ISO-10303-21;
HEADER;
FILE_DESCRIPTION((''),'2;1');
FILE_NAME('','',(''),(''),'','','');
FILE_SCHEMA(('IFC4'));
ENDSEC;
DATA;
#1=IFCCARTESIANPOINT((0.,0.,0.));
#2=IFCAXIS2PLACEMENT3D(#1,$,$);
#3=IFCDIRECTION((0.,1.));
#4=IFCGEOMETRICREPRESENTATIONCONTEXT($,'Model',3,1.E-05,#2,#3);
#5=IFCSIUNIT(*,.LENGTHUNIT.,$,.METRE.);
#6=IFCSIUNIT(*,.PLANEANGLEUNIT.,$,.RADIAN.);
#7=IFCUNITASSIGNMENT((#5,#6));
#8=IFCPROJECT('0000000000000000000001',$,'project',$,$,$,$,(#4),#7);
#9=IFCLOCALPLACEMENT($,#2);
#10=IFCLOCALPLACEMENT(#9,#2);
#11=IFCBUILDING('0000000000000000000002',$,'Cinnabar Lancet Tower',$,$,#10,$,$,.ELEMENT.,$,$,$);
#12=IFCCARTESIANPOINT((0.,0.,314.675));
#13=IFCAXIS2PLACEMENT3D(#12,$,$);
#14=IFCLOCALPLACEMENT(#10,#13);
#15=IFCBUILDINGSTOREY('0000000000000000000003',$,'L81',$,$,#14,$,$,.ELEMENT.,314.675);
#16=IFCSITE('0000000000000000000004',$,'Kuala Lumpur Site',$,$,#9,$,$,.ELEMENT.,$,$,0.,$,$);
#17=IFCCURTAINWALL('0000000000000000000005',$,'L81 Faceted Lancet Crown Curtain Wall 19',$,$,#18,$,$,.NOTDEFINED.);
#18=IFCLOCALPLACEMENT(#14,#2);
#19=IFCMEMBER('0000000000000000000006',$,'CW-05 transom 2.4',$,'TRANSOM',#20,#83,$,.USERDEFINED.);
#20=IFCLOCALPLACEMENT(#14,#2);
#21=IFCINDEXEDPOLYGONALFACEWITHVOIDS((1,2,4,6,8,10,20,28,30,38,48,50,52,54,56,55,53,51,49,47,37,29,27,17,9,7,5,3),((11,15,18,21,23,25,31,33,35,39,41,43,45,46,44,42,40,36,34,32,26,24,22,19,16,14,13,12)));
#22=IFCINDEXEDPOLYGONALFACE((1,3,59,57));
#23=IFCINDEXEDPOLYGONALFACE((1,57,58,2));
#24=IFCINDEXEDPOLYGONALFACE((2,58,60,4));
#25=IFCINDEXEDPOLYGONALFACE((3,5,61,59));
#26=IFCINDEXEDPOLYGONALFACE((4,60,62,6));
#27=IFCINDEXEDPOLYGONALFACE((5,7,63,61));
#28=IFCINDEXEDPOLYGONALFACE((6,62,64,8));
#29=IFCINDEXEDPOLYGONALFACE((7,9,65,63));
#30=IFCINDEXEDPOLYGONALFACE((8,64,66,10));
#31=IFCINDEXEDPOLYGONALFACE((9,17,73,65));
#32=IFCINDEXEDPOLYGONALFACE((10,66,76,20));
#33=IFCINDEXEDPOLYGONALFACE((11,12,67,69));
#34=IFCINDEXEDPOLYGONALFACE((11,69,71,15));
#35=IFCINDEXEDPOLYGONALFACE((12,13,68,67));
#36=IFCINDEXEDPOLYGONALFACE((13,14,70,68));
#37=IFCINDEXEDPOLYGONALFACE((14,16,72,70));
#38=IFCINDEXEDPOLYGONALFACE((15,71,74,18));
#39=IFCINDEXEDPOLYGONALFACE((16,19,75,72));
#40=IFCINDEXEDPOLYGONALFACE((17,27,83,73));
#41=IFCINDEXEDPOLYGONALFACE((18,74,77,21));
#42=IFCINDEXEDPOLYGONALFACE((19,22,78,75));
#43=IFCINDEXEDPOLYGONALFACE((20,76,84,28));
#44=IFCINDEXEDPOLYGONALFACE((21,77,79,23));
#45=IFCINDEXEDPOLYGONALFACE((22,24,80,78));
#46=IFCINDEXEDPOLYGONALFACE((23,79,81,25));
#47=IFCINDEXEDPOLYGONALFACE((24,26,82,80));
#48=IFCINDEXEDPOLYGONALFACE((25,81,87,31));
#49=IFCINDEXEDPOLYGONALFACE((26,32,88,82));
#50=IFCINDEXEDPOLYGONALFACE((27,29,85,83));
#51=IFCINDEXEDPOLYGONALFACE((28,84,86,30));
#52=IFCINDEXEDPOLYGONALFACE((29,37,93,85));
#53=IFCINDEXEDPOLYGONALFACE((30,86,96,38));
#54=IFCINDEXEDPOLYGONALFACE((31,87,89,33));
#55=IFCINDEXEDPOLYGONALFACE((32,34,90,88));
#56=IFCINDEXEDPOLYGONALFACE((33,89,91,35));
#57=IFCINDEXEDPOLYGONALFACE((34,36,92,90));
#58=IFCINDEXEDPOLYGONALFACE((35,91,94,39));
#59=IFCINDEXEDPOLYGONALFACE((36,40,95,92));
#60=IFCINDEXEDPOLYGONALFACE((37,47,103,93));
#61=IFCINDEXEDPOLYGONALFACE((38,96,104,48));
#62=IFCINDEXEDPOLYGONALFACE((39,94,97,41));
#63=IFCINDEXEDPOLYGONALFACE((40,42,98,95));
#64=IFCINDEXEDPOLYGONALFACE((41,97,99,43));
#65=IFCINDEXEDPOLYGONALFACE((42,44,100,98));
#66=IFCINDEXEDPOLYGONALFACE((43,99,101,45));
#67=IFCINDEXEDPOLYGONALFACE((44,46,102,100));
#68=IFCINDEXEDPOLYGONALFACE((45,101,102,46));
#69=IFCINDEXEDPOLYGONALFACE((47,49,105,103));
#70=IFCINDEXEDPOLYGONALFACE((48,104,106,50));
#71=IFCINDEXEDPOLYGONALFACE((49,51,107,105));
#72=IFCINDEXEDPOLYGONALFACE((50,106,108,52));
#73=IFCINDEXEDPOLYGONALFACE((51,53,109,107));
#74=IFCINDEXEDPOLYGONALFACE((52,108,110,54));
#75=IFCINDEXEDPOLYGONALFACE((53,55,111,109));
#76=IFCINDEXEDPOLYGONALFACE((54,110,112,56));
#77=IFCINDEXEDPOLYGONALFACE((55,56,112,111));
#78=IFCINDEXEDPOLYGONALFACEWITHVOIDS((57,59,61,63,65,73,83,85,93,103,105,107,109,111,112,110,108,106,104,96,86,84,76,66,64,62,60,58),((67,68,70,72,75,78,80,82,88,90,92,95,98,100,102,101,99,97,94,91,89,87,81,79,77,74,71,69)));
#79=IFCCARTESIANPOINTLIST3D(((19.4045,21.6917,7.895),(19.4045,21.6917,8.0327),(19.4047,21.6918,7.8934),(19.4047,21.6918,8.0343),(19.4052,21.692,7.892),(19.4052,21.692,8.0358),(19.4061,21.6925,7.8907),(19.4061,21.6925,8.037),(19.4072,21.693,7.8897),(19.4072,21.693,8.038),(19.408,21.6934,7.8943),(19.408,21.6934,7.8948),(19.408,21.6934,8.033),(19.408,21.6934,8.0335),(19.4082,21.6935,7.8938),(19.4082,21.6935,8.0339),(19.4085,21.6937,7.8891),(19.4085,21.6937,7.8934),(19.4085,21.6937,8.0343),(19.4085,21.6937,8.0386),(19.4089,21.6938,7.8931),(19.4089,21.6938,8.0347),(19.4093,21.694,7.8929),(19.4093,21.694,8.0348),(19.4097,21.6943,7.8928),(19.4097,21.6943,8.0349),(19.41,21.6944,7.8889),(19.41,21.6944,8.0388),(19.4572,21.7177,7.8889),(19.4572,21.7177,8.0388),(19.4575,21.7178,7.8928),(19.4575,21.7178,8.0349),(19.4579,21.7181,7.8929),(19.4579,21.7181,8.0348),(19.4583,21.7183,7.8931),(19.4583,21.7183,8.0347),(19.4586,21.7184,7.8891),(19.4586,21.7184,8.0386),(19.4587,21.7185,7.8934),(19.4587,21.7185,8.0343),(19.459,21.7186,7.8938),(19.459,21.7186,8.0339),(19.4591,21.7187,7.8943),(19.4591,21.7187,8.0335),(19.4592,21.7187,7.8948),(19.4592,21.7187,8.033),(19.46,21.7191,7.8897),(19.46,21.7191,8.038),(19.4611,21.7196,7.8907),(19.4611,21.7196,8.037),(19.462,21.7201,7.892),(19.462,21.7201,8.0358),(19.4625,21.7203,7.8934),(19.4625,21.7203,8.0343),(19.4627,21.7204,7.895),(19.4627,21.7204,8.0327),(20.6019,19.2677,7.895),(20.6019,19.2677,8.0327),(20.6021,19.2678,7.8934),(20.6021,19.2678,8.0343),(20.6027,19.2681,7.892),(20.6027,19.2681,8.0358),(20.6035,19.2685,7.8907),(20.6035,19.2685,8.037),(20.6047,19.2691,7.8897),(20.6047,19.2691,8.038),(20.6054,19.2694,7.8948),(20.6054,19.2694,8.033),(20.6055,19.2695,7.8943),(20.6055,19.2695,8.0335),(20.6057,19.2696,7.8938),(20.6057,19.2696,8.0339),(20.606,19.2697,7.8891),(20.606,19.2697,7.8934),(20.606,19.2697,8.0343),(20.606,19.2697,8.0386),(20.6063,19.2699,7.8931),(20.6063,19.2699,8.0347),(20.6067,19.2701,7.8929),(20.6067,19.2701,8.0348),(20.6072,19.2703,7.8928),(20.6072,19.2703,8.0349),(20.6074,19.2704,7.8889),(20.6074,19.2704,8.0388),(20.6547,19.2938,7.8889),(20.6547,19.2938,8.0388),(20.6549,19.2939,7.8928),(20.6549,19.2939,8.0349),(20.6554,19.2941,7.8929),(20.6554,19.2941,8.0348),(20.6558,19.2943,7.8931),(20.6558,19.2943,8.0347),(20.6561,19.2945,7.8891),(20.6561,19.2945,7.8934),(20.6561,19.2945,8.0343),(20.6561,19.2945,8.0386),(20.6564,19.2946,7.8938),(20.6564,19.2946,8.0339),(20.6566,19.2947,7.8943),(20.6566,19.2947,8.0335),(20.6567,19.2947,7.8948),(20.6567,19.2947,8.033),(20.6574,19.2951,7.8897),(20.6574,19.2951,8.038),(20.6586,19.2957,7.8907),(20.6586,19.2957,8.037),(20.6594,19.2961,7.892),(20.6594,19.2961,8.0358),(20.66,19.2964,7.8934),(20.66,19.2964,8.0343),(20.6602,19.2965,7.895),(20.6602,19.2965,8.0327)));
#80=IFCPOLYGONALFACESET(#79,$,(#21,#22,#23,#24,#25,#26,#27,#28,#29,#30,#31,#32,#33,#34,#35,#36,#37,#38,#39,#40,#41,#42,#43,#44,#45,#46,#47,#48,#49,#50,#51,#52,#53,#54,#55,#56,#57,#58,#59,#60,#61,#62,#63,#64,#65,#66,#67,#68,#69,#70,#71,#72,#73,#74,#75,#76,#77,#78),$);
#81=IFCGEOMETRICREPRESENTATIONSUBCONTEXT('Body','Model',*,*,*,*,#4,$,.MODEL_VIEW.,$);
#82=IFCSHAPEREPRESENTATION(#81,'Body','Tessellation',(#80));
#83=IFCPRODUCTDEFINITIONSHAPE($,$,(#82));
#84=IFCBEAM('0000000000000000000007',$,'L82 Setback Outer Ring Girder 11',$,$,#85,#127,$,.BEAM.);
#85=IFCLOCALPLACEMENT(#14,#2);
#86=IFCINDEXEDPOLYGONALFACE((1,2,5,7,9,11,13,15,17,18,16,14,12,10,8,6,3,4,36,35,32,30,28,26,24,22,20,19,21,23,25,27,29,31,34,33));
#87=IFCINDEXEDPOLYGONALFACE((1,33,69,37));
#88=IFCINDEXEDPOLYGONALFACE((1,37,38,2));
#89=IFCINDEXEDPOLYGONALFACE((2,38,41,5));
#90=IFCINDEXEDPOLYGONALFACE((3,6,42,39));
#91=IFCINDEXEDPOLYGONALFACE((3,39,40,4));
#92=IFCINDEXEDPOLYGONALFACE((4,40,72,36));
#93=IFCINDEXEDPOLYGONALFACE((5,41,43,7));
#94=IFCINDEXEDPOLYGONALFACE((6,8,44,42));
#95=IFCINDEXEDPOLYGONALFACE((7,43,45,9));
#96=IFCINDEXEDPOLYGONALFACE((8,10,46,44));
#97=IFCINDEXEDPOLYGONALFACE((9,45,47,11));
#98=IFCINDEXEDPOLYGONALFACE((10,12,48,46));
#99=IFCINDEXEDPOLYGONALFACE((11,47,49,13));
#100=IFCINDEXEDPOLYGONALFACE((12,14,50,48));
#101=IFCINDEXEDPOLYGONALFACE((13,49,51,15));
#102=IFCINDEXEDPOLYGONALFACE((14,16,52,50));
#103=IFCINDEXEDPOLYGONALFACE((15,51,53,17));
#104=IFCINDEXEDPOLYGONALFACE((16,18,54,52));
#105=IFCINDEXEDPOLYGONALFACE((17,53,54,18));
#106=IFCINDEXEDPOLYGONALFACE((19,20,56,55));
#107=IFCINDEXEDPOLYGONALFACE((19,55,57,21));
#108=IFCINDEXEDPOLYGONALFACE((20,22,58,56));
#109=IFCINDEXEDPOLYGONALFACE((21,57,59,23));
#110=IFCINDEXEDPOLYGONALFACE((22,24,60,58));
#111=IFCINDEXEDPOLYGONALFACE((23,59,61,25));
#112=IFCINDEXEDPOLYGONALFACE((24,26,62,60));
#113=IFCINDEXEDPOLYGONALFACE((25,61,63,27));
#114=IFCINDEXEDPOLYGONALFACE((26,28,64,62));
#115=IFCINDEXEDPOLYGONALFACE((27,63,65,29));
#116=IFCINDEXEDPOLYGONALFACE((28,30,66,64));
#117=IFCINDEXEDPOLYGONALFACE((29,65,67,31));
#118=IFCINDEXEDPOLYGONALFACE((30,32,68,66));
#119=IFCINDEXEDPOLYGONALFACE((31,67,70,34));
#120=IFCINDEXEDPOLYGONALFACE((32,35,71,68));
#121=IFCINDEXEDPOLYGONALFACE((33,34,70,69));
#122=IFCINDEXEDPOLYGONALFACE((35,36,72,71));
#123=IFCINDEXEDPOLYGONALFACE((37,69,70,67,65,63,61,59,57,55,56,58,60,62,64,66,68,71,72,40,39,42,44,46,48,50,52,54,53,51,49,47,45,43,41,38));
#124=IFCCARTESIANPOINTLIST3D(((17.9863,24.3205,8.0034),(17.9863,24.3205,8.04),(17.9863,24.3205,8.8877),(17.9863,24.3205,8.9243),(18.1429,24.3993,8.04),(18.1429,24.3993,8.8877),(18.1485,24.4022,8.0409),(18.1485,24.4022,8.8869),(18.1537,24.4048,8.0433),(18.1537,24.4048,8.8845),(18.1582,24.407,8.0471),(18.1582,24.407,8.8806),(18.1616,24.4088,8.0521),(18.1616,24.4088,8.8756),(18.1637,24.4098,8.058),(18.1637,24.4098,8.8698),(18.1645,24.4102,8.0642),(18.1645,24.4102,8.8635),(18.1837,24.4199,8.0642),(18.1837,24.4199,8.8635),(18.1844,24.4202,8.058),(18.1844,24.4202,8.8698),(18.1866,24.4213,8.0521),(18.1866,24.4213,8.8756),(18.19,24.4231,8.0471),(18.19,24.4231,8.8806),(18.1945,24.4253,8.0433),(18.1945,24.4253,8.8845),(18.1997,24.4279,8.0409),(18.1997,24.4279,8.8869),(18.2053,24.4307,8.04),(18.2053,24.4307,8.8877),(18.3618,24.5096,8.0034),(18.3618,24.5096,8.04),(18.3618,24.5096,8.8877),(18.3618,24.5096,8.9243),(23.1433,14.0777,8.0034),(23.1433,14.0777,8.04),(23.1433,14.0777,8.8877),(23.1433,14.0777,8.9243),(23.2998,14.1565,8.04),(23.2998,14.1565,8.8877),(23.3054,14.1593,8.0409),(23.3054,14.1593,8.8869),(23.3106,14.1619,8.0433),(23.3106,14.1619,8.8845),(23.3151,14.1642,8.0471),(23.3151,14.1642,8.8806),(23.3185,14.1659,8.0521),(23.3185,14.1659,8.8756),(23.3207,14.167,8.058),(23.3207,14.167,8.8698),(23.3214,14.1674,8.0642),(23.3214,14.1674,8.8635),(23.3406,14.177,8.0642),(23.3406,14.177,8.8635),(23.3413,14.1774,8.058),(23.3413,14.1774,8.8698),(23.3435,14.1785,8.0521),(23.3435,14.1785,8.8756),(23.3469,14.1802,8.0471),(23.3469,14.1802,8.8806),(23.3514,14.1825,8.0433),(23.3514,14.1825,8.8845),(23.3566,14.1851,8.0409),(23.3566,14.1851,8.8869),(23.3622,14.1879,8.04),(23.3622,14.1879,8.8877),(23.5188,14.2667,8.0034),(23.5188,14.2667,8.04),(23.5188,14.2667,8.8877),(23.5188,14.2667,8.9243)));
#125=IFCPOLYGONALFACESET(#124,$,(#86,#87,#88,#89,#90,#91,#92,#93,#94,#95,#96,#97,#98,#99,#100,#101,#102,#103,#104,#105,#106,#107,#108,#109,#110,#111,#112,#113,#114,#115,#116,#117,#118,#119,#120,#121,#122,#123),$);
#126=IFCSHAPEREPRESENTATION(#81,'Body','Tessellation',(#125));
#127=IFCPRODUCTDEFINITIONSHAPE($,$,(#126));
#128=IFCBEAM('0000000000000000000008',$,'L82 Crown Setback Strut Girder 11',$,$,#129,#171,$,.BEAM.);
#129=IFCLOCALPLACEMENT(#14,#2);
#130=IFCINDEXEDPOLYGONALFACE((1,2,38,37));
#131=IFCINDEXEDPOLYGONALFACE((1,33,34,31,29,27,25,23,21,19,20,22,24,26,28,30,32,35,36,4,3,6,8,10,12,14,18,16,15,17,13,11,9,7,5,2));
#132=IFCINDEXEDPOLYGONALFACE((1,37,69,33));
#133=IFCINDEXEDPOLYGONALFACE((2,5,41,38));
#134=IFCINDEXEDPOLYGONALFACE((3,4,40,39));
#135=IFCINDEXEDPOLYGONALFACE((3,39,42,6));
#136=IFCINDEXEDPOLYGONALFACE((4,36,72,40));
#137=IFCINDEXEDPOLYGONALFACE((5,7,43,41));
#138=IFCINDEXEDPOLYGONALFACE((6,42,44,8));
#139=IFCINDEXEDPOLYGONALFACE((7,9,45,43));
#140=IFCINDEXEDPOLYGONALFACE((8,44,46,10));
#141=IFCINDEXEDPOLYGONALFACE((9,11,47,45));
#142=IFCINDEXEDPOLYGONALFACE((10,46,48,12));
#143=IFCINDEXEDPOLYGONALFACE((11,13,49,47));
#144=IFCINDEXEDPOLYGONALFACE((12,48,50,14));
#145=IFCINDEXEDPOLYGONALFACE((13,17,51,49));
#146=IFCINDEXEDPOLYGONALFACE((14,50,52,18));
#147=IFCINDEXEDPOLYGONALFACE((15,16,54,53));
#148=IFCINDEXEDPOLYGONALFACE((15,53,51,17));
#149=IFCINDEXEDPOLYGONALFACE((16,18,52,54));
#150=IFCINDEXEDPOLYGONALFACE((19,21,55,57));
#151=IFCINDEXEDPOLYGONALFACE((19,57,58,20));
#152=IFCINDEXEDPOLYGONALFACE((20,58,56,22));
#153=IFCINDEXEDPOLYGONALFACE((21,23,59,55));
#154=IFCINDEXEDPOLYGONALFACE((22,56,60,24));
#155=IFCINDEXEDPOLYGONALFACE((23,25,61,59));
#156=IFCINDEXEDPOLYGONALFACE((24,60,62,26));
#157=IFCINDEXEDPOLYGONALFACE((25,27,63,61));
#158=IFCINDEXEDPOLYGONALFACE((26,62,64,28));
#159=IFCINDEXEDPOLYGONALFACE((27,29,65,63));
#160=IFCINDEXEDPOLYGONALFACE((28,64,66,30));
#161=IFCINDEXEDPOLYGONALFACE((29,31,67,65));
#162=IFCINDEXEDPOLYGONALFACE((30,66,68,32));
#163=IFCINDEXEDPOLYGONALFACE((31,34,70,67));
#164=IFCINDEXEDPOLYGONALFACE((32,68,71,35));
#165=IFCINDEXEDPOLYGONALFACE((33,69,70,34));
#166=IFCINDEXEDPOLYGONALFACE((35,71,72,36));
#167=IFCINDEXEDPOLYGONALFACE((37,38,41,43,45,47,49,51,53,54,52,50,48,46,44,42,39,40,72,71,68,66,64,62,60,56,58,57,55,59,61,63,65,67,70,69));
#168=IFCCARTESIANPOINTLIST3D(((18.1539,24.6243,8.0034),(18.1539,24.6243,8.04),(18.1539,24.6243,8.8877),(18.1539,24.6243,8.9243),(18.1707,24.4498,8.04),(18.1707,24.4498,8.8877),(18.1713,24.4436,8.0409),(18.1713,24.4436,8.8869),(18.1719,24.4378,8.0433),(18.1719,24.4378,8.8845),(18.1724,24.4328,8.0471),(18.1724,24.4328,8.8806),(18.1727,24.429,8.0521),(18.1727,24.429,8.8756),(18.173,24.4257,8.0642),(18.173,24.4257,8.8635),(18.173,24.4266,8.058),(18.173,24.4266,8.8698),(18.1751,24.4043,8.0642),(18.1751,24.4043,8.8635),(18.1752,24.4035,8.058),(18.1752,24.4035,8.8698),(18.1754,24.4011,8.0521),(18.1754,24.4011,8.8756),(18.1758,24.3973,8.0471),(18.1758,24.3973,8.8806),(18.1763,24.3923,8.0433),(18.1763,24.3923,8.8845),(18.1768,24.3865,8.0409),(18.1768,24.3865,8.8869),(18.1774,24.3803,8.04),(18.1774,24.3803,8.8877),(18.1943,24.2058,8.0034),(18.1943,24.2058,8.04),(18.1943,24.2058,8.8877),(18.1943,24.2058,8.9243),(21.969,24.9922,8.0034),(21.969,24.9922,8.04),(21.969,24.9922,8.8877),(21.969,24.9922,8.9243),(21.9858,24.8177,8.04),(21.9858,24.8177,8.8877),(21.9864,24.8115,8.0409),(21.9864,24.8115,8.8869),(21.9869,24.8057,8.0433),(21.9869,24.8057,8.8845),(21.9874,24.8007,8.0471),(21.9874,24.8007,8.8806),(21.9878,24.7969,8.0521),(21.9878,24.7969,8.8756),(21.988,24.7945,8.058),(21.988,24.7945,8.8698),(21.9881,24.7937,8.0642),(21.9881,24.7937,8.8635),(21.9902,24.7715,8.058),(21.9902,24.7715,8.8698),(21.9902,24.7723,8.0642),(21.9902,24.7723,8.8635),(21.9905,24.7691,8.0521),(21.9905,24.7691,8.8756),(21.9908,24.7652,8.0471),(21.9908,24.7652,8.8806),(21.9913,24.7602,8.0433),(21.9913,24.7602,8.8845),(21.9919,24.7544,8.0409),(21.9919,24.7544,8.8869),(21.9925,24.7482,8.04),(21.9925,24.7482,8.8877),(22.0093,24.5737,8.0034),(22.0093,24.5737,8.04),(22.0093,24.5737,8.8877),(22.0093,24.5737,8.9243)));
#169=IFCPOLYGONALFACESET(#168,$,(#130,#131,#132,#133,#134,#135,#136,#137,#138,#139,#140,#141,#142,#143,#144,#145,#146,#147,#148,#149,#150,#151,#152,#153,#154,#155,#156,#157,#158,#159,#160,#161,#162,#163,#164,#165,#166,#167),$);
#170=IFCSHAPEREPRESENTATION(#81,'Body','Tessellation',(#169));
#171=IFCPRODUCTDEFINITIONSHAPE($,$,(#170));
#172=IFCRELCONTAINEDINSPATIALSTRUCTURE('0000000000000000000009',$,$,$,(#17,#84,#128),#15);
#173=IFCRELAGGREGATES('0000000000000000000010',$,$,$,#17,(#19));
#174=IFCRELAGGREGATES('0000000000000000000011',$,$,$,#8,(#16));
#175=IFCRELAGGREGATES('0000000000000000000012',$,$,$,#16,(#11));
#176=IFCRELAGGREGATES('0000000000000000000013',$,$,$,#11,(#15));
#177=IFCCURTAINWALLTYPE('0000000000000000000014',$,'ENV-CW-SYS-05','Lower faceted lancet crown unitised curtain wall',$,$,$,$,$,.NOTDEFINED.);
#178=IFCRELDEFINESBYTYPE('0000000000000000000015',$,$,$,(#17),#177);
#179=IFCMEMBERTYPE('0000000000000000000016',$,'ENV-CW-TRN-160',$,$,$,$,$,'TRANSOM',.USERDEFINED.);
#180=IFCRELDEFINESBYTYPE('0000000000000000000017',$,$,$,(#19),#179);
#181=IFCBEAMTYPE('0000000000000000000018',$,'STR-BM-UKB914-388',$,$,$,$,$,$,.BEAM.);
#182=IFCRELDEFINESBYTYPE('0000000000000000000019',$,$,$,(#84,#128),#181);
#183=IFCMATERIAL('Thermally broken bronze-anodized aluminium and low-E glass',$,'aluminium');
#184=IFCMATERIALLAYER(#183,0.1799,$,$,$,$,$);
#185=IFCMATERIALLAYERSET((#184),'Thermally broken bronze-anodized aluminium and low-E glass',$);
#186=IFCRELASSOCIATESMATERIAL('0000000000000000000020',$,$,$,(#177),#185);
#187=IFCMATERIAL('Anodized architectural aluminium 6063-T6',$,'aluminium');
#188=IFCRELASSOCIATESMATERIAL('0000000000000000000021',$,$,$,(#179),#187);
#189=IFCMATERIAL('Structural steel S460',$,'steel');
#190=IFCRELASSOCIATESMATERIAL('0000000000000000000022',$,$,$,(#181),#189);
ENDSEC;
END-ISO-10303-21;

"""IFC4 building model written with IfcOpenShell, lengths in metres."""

from ifc_helpers import new_model, si_unit, direction, frame, origin, origin_2d, place, context, subcontext, project, spatial, hollow_rectangle, i_section, extrude, material, layer, layer_set, material_profile, profile_set, type_object, element, aggregate, save


model = new_model("IFC4")

# Units and contexts
model_context = context("Model", 3, precision=1e-05, world=origin(), true_north=direction((0.0, 1.0)))
body_context = subcontext(model_context, "Body", "Model", "MODEL_VIEW")
ifc_project = project(units=[si_unit("LENGTHUNIT", "METRE"), si_unit("PLANEANGLEUNIT", "RADIAN")], contexts=[model_context])

# Site, building, storey
site_placement = place(None, origin())
site = spatial("IfcSite", under=ifc_project, at=site_placement, Name="Kuala Lumpur Site", CompositionType="ELEMENT", RefElevation=0.0)
building_placement = place(site_placement, origin())
building = spatial("IfcBuilding", under=site, at=building_placement, Name="Cinnabar Lancet Tower", CompositionType="ELEMENT")
storey_placement = place(building_placement, frame((0.0, 0.0, 314.675)))
storey = spatial("IfcBuildingStorey", under=building, at=storey_placement, Name="L81", CompositionType="ELEMENT", Elevation=314.675)

# Shared definitions
ifc_material_1 = material(Name="Thermally broken bronze-anodized aluminium and low-E glass", Category="aluminium")
ifc_layer_1 = layer(ifc_material_1, 0.1799)
ifc_layer_set_1 = layer_set([ifc_layer_1], Name="Thermally broken bronze-anodized aluminium and low-E glass")
curtain_wall_type = type_object("IfcCurtainWallType", Name="ENV-CW-SYS-05", Description="Lower faceted lancet crown unitised curtain wall", PredefinedType="NOTDEFINED", material=ifc_layer_set_1)

# Curtain wall
curtain_wall_1_placement = place(storey_placement, origin())
curtain_wall_1 = element("IfcCurtainWall", 1, at=curtain_wall_1_placement, inside=storey, type_object=curtain_wall_type, Name="L81 Faceted Lancet Crown Curtain Wall 19", PredefinedType="NOTDEFINED")

# Member
ifc_material_2 = material(Name="Anodized architectural aluminium 6063-T6", Category="aluminium")
ifc_material_profile_1 = material_profile(ifc_material_2, hollow_rectangle(XDim=0.0649, YDim=0.1499, WallThickness=0.0039, InnerFilletRadius=0.002, OuterFilletRadius=0.0061, at=origin_2d()), Name="CW-TRN 150x65x4")
ifc_profile_set_1 = profile_set([ifc_material_profile_1], Name="Anodized architectural aluminium 6063-T6")
member_type_1 = type_object("IfcMemberType", Name="ENV-CW-TRN-160", ElementType="TRANSOM", PredefinedType="USERDEFINED", material=ifc_profile_set_1)
member_1_placement = place(storey_placement, frame((19.4336, 21.7061, 7.9639), z_axis=(0.44291, -0.896566, 0.0), x_axis=(0.896566, 0.44291, 0.0)))
member_1 = element("IfcMember", 2, at=member_1_placement, type_object=member_type_1, Name="CW-05 transom 2.4", ObjectType="TRANSOM", PredefinedType="USERDEFINED", context=body_context, shape_type="SweptSolid", body=[
    extrude(hollow_rectangle(XDim=0.0649, YDim=0.1499, WallThickness=0.0039, InnerFilletRadius=0.002, OuterFilletRadius=0.0061, at=origin_2d()), origin(), (0.0, 0.0, 1.0), 2.7036),
])

# Beams
ifc_material_3 = material(Name="Structural steel S460", Category="steel")
ifc_material_profile_2 = material_profile(ifc_material_3, i_section(OverallWidth=0.4204, OverallDepth=0.9209, WebThickness=0.0215, FlangeThickness=0.0366, FilletRadius=0.0242, at=origin_2d()), Name="UKB 914x419x388")
ifc_profile_set_2 = profile_set([ifc_material_profile_2], Name="Structural steel S460")
beam_type = type_object("IfcBeamType", Name="STR-BM-UKB914-388", PredefinedType="BEAM", material=ifc_profile_set_2)
beam_1_placement = place(storey_placement, frame((18.1741, 24.415, 8.4639), z_axis=(0.44969, -0.893185, 0.0), x_axis=(0.893185, 0.44969, 0.0)))
element("IfcBeam", 3, at=beam_1_placement, inside=storey, type_object=beam_type, Name="L82 Setback Outer Ring Girder 11", PredefinedType="BEAM", context=body_context, shape_type="SweptSolid", body=[
    extrude(i_section(OverallWidth=0.4204, OverallDepth=0.9209, WebThickness=0.0215, FlangeThickness=0.0366, FilletRadius=0.0242, at=origin_2d()), origin(), (0.0, 0.0, 1.0), 11.4678),
])
beam_2_placement = place(storey_placement, frame((18.1741, 24.415, 8.4639), z_axis=(0.995382, 0.095996, 0.0), x_axis=(-0.095996, 0.995382, 0.0)))
element("IfcBeam", 4, at=beam_2_placement, inside=storey, type_object=beam_type, Name="L82 Crown Setback Strut Girder 11", PredefinedType="BEAM", context=body_context, shape_type="SweptSolid", body=[
    extrude(i_section(OverallWidth=0.4204, OverallDepth=0.9209, WebThickness=0.0215, FlangeThickness=0.0366, FilletRadius=0.0242, at=origin_2d()), origin(), (0.0, 0.0, 1.0), 3.8328),
])

aggregate(curtain_wall_1, [member_1])

save(model, "model.ifc")
